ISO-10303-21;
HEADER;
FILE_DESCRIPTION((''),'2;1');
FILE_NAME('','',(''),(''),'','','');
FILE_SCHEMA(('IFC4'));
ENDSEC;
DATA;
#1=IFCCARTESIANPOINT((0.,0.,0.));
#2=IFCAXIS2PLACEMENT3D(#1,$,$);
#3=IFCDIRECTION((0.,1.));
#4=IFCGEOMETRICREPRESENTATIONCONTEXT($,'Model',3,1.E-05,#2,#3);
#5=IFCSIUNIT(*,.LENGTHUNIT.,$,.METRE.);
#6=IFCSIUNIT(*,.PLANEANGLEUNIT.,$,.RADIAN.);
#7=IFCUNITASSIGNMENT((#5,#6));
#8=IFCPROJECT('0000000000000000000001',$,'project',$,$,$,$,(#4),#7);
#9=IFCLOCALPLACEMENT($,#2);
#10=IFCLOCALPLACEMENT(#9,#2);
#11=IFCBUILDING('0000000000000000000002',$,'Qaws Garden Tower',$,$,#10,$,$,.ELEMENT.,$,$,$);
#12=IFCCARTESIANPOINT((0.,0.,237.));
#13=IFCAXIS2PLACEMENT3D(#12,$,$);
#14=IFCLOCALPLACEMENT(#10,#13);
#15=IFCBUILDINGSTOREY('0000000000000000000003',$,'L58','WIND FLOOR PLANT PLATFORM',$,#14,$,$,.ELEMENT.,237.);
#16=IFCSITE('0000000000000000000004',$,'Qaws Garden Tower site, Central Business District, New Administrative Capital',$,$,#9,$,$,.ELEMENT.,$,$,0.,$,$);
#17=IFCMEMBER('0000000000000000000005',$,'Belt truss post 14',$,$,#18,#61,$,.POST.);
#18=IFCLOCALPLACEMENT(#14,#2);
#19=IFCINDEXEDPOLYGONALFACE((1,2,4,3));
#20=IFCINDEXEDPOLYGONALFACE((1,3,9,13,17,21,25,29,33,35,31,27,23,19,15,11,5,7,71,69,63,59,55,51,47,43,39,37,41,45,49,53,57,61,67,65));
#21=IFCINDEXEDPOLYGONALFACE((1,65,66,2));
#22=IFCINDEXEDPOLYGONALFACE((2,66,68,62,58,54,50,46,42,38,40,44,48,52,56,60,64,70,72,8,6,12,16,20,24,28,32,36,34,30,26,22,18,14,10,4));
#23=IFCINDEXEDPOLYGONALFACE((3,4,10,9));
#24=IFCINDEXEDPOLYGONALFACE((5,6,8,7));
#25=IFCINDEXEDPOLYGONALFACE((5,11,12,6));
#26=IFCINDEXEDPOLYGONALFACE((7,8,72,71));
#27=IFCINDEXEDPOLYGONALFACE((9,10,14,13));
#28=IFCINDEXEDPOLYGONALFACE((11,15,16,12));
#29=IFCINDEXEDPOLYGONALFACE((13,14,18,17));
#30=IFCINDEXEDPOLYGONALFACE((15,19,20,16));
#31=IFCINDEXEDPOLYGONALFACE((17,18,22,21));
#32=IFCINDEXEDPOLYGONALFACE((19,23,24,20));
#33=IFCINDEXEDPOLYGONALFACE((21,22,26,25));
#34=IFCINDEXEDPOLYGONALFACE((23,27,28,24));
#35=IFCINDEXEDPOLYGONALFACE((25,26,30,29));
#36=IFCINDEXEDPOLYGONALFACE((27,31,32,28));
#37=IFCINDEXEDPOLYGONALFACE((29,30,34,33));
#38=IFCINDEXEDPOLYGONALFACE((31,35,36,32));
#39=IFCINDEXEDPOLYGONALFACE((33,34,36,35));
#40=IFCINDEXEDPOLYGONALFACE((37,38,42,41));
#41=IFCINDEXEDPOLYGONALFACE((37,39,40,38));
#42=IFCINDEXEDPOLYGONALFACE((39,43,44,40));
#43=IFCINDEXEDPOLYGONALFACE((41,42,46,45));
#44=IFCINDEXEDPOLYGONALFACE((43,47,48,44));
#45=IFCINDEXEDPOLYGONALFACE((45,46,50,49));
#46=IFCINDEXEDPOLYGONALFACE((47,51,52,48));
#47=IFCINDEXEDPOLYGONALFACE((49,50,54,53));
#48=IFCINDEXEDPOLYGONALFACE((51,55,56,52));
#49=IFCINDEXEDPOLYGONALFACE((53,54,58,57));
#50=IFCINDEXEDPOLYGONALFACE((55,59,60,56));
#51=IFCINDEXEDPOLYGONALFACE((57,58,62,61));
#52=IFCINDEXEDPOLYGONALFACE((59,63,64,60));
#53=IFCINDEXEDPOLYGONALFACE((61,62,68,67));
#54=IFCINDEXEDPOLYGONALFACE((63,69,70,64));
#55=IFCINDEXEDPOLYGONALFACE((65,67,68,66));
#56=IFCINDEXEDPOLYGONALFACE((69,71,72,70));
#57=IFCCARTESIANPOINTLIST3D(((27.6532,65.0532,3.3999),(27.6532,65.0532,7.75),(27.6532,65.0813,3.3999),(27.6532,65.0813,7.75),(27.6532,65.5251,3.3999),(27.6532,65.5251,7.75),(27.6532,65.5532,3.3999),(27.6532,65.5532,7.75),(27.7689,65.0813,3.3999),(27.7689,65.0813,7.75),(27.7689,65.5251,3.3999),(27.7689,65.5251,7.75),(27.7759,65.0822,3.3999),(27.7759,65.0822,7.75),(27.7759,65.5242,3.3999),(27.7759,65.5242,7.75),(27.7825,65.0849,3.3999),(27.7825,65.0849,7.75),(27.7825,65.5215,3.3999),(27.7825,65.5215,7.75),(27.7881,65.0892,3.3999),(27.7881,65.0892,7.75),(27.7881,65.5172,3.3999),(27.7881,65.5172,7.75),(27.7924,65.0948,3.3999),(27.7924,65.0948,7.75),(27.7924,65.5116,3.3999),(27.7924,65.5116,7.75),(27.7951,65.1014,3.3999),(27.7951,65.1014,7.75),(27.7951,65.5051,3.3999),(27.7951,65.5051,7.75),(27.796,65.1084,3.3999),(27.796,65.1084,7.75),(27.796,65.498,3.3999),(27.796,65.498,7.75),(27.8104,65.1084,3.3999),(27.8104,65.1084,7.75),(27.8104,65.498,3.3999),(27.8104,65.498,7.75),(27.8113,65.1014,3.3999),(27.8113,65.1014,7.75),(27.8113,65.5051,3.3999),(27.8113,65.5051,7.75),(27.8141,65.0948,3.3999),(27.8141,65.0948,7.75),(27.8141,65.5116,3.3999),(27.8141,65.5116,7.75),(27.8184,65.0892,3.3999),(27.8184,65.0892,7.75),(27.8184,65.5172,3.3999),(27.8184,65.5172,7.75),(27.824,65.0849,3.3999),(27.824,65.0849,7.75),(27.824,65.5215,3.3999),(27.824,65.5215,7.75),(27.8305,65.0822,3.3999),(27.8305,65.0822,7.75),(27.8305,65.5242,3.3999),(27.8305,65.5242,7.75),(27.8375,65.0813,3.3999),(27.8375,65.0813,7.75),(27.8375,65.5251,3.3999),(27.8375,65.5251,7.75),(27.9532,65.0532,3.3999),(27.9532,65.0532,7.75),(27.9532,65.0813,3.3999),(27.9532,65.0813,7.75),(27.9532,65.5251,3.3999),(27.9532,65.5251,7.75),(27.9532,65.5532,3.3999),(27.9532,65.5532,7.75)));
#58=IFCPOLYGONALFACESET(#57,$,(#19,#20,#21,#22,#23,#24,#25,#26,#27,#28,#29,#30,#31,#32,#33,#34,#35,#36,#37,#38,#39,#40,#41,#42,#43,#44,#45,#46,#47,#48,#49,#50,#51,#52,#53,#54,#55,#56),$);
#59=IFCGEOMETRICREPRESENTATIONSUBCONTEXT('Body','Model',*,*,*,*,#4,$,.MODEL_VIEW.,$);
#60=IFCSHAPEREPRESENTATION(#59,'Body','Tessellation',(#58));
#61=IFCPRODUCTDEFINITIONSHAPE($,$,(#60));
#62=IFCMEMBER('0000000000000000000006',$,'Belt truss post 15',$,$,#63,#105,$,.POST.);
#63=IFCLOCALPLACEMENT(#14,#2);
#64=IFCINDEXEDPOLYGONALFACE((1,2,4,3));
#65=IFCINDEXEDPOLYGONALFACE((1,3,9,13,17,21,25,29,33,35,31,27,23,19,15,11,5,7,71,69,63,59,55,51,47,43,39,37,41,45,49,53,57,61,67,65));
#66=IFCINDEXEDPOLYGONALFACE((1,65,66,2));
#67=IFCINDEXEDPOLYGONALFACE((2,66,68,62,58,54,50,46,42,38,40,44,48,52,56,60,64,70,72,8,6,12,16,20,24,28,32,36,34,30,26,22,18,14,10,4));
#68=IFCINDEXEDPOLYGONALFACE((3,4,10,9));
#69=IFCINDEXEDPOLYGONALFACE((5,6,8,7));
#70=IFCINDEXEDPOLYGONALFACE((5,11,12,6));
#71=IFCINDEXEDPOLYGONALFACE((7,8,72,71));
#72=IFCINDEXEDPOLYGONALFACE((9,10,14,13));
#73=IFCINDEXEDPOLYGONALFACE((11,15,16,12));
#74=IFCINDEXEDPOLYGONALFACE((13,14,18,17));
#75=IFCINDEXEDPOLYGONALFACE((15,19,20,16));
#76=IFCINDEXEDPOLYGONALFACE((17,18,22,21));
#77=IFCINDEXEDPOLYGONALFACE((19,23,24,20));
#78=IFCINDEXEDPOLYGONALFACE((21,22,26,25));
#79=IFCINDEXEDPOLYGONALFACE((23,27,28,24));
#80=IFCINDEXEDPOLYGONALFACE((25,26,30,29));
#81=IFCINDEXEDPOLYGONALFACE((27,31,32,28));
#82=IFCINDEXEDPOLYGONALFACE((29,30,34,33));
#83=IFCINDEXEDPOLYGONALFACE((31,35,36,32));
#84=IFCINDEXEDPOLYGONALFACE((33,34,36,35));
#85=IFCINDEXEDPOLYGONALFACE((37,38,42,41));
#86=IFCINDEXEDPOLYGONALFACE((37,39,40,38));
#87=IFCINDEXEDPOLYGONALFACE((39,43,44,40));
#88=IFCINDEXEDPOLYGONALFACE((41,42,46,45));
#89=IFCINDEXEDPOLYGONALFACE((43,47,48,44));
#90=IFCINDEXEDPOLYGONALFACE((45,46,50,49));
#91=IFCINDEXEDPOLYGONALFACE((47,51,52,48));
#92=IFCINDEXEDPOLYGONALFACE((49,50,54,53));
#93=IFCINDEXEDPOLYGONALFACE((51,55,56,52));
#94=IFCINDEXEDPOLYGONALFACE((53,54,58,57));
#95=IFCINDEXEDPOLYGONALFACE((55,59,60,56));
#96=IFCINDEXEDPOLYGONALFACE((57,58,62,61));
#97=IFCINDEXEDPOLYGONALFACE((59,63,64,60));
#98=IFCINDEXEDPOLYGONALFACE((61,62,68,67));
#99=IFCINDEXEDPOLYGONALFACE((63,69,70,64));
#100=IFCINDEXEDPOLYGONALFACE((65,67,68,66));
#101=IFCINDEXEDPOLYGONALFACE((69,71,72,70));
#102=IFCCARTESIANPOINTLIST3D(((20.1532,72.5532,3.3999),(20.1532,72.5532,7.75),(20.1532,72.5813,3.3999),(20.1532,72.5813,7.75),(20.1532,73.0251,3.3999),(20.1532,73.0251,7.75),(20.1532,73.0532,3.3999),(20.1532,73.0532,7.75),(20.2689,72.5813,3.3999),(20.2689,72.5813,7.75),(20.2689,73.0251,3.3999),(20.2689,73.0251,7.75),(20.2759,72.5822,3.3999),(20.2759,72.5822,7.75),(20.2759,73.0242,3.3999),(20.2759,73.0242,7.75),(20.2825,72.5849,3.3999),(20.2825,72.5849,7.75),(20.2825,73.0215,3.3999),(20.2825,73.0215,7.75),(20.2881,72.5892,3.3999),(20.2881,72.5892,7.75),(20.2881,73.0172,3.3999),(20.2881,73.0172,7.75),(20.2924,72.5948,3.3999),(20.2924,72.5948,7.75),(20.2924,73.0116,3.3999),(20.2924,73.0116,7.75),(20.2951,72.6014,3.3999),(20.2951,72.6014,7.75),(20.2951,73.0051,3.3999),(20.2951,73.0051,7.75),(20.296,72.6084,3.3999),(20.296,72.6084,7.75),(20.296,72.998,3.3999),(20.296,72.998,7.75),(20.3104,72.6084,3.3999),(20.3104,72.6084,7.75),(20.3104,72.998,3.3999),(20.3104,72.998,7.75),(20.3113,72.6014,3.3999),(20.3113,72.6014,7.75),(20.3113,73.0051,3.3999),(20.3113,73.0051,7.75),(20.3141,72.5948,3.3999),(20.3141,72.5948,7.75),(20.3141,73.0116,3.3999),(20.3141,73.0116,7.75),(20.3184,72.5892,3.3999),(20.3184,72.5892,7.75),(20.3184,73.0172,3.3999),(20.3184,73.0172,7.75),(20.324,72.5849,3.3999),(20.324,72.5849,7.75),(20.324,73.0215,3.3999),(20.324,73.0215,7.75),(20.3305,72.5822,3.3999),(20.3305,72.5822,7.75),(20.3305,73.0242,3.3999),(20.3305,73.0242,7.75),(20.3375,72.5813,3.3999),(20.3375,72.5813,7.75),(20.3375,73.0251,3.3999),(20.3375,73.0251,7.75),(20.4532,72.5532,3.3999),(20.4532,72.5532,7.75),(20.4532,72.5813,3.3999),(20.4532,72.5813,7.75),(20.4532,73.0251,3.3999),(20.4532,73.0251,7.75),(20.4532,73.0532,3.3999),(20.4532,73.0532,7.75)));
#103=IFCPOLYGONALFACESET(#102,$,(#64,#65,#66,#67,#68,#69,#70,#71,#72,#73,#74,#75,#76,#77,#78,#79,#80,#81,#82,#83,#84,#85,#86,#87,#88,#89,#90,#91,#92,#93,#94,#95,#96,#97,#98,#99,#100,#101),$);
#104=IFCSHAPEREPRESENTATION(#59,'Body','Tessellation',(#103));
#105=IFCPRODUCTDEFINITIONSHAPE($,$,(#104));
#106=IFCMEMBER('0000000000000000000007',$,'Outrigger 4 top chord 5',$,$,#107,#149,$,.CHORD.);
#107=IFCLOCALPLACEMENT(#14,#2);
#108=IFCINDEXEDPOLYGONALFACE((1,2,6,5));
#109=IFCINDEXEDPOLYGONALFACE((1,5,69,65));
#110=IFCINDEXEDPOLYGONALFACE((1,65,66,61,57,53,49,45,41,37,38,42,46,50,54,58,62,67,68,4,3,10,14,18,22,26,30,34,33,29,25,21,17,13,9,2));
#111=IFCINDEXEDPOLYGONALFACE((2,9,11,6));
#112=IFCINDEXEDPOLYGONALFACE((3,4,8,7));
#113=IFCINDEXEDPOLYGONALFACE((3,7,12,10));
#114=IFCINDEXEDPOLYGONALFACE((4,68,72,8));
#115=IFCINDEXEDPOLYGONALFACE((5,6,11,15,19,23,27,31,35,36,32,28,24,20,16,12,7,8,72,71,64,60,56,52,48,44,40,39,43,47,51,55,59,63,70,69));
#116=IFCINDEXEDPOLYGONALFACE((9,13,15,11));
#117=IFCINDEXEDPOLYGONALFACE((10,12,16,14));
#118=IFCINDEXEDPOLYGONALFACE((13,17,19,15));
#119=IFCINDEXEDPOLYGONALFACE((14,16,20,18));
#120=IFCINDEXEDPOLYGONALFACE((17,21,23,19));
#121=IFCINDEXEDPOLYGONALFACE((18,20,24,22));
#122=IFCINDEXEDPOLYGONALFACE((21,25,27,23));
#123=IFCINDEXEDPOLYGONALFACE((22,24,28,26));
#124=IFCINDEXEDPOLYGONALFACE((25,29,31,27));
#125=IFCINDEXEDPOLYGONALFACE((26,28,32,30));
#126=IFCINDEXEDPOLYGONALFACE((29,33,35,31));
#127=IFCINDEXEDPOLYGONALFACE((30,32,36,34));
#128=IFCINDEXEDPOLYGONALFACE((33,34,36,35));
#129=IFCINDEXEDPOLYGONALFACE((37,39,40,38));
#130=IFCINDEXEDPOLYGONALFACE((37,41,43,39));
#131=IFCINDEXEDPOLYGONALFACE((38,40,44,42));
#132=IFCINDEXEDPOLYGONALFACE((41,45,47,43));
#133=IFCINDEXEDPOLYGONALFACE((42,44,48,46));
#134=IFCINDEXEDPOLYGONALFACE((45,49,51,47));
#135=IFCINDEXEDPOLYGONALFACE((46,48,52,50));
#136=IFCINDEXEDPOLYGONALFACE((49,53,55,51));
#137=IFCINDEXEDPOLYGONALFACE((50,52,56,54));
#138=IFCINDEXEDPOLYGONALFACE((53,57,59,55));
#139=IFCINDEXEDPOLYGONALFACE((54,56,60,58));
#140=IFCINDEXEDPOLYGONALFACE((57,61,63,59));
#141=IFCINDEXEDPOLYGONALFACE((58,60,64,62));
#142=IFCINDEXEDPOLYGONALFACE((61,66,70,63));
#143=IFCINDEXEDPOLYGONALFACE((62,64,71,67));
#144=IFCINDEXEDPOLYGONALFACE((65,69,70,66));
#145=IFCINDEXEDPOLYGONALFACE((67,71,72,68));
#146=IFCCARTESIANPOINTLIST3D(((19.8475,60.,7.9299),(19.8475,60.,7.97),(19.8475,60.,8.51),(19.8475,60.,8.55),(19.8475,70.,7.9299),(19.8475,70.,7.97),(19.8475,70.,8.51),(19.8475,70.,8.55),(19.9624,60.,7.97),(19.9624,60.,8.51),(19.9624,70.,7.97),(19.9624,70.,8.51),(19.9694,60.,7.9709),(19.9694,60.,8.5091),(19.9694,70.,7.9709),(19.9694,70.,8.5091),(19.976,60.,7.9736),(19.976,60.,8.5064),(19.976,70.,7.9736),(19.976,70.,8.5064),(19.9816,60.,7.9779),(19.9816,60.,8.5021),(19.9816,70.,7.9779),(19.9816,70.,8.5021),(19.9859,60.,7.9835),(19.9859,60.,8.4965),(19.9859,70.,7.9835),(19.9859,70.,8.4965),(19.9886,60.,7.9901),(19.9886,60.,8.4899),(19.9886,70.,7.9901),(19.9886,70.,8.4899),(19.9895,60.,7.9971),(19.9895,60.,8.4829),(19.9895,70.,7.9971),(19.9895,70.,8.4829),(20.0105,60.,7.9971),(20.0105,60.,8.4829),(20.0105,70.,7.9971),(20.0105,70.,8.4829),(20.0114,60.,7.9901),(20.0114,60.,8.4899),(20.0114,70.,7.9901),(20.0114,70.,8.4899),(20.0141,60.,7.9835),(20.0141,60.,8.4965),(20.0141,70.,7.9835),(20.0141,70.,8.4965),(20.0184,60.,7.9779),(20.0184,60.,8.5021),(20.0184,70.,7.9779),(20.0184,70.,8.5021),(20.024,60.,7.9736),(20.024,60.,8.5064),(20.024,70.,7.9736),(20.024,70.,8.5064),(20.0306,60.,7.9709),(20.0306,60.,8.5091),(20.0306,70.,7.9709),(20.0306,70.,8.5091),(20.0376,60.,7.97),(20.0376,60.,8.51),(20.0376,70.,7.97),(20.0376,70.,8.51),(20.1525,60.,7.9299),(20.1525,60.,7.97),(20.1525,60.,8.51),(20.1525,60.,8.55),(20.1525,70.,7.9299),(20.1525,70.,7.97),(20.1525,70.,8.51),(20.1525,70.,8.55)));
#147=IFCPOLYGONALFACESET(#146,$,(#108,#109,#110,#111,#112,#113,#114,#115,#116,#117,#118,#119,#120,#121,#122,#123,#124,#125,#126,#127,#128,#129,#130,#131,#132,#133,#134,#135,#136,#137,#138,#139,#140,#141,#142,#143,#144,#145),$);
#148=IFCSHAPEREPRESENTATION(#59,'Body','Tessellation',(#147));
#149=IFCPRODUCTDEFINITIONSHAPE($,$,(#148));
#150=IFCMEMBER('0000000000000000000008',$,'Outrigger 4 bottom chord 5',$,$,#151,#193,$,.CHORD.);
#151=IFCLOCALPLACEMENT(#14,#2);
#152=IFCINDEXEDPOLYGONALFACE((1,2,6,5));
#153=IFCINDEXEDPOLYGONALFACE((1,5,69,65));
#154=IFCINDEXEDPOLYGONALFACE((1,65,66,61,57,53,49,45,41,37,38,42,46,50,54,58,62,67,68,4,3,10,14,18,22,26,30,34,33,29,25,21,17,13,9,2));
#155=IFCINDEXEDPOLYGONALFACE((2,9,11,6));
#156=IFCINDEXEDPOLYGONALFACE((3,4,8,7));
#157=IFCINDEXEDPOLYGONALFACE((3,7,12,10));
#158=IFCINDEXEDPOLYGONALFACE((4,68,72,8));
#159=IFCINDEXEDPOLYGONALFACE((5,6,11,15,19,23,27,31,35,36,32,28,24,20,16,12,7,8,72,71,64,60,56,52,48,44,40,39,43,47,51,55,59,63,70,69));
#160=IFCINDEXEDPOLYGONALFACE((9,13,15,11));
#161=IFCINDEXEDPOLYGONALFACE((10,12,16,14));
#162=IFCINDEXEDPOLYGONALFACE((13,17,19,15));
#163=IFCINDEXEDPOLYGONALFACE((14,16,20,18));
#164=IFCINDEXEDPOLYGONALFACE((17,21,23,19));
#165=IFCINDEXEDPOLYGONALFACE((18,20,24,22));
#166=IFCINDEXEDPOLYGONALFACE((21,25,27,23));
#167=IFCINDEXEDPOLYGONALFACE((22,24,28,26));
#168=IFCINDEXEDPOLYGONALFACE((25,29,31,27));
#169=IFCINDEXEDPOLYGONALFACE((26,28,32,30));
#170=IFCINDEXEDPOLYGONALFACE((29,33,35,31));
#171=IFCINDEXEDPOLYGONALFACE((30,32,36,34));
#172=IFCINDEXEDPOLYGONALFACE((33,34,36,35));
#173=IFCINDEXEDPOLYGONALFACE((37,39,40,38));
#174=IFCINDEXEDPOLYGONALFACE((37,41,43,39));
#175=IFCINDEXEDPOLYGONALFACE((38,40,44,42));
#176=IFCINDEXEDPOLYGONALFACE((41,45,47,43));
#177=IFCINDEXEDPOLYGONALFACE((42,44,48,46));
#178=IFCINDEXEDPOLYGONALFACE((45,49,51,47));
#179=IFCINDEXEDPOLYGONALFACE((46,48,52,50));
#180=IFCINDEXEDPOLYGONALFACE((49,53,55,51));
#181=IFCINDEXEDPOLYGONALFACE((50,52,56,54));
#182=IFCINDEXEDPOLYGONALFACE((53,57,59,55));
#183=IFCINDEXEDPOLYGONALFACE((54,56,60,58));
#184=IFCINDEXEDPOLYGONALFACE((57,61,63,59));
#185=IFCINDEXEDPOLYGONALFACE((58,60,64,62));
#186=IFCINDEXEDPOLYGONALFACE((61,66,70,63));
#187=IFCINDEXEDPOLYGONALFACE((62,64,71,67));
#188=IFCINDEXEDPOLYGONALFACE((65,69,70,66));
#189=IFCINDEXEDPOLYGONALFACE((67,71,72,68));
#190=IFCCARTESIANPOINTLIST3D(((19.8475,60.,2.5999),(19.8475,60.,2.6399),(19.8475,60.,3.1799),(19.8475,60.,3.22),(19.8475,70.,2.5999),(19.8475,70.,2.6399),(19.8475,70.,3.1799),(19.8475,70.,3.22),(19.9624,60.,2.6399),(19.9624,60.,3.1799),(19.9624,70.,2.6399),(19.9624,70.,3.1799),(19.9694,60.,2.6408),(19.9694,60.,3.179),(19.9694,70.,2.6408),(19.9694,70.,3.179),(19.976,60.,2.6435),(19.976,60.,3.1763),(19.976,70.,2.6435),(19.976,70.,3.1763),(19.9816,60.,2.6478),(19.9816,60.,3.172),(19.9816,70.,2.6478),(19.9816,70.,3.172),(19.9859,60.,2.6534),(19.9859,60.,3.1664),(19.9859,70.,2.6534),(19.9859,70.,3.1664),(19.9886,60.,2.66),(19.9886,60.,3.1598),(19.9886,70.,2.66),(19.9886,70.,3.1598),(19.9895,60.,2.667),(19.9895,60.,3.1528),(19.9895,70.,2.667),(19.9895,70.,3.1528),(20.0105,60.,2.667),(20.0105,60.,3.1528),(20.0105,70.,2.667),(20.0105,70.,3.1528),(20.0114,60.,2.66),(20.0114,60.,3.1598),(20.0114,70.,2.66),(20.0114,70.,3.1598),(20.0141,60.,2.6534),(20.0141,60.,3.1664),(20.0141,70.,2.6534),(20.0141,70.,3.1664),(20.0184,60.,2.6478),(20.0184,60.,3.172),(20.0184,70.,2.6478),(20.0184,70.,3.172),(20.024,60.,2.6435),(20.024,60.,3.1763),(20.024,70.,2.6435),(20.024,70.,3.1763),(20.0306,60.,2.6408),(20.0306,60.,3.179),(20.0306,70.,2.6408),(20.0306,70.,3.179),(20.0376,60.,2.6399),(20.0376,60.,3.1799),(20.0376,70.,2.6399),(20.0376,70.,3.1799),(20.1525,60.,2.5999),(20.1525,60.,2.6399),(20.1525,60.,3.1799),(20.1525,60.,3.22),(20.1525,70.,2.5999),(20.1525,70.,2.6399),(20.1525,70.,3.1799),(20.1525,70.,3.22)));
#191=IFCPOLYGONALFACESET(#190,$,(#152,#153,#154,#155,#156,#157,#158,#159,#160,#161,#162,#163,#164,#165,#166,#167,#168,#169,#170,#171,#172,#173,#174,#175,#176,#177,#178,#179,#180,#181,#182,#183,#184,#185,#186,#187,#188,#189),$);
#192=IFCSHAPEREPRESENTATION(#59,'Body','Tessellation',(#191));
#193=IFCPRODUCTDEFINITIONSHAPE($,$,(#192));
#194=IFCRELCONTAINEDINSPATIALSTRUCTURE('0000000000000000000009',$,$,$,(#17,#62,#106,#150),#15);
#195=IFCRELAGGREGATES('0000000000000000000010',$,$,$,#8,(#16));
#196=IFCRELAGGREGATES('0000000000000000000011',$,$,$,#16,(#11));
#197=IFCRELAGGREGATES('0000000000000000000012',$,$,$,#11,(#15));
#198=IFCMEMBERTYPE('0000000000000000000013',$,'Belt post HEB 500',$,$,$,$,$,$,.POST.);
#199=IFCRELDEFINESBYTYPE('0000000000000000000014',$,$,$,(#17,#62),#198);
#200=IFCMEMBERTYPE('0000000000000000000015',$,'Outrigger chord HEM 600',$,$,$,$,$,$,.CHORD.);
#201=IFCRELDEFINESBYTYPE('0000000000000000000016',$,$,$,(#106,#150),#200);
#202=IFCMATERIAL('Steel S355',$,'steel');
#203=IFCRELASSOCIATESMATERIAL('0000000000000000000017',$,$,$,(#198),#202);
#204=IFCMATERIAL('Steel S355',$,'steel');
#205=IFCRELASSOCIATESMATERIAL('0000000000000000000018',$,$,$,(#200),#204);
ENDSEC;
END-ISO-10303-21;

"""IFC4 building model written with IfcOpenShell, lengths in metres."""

from ifc_helpers import new_model, si_unit, direction, frame, origin, origin_2d, place, context, subcontext, project, spatial, i_section, extrude, material, material_profile, profile_set, type_object, element, save


model = new_model("IFC4")

# Units and contexts
model_context = context("Model", 3, precision=1e-05, world=origin(), true_north=direction((0.0, 1.0)))
body_context = subcontext(model_context, "Body", "Model", "MODEL_VIEW")
ifc_project = project(units=[si_unit("LENGTHUNIT", "METRE"), si_unit("PLANEANGLEUNIT", "RADIAN")], contexts=[model_context])

# Site, building, storey
site_placement = place(None, origin())
site = spatial("IfcSite", under=ifc_project, at=site_placement, Name="Qaws Garden Tower site, Central Business District, New Administrative Capital", CompositionType="ELEMENT", RefElevation=0.0)
building_placement = place(site_placement, origin())
building = spatial("IfcBuilding", under=site, at=building_placement, Name="Qaws Garden Tower", CompositionType="ELEMENT")
storey_placement = place(building_placement, frame((0.0, 0.0, 237.0)))
storey = spatial("IfcBuildingStorey", under=building, at=storey_placement, Name="L58", Description="WIND FLOOR PLANT PLATFORM", CompositionType="ELEMENT", Elevation=237.0)

# Members
ifc_material_1 = material(Name="Steel S355", Category="steel")
ifc_material_profile_1 = material_profile(ifc_material_1, i_section(OverallWidth=0.3, OverallDepth=0.5, WebThickness=0.0144, FlangeThickness=0.0281, FilletRadius=0.0271, at=origin_2d()), Name="HEB 500")
ifc_profile_set_1 = profile_set([ifc_material_profile_1], Name="Steel S355")
member_type_1 = type_object("IfcMemberType", Name="Belt post HEB 500", PredefinedType="POST", material=ifc_profile_set_1)
placement_1 = place(storey_placement, frame((27.8032, 65.3032, 3.3999), z_axis=(0.0, 0.0, 1.0), x_axis=(1.0, 0.0, 0.0)))
element("IfcMember", 1, at=placement_1, inside=storey, type_object=member_type_1, Name="Belt truss post 14", PredefinedType="POST", context=body_context, shape_type="SweptSolid", body=[
    extrude(i_section(OverallWidth=0.3, OverallDepth=0.5, WebThickness=0.0144, FlangeThickness=0.0281, FilletRadius=0.0271, at=origin_2d()), origin(), (0.0, 0.0, 1.0), 4.3501),
])
placement_2 = place(storey_placement, frame((20.3032, 72.8032, 3.3999), z_axis=(0.0, 0.0, 1.0), x_axis=(1.0, 0.0, 0.0)))
element("IfcMember", 2, at=placement_2, inside=storey, type_object=member_type_1, Name="Belt truss post 15", PredefinedType="POST", context=body_context, shape_type="SweptSolid", body=[
    extrude(i_section(OverallWidth=0.3, OverallDepth=0.5, WebThickness=0.0144, FlangeThickness=0.0281, FilletRadius=0.0271, at=origin_2d()), origin(), (0.0, 0.0, 1.0), 4.3501),
])
ifc_material_2 = material(Name="Steel S355", Category="steel")
ifc_material_profile_2 = material_profile(ifc_material_2, i_section(OverallWidth=0.3049, OverallDepth=0.6201, WebThickness=0.021, FlangeThickness=0.04, FilletRadius=0.0271, at=origin_2d()), Name="HEM 600")
ifc_profile_set_2 = profile_set([ifc_material_profile_2], Name="Steel S355")
member_type_2 = type_object("IfcMemberType", Name="Outrigger chord HEM 600", PredefinedType="CHORD", material=ifc_profile_set_2)
for number, where, z_axis, x_axis, name in (
    (3, (20.0, 60.0, 8.24), (0.0, 1.0, 0.0), (-1.0, 0.0, 0.0), "Outrigger 4 top chord 5"),
    (4, (20.0, 60.0, 2.9099), (0.0, 1.0, 0.0), (-1.0, 0.0, 0.0), "Outrigger 4 bottom chord 5"),
):
    element("IfcMember", number, at=place(storey_placement, frame(where, z_axis=z_axis, x_axis=x_axis)), inside=storey, type_object=member_type_2, Name=name, PredefinedType="CHORD", context=body_context, shape_type="SweptSolid", body=[
        extrude(i_section(OverallWidth=0.3049, OverallDepth=0.6201, WebThickness=0.021, FlangeThickness=0.04, FilletRadius=0.0271, at=origin_2d()), origin(), (0.0, 0.0, 1.0), 10.0),
    ])

save(model, "model.ifc")
